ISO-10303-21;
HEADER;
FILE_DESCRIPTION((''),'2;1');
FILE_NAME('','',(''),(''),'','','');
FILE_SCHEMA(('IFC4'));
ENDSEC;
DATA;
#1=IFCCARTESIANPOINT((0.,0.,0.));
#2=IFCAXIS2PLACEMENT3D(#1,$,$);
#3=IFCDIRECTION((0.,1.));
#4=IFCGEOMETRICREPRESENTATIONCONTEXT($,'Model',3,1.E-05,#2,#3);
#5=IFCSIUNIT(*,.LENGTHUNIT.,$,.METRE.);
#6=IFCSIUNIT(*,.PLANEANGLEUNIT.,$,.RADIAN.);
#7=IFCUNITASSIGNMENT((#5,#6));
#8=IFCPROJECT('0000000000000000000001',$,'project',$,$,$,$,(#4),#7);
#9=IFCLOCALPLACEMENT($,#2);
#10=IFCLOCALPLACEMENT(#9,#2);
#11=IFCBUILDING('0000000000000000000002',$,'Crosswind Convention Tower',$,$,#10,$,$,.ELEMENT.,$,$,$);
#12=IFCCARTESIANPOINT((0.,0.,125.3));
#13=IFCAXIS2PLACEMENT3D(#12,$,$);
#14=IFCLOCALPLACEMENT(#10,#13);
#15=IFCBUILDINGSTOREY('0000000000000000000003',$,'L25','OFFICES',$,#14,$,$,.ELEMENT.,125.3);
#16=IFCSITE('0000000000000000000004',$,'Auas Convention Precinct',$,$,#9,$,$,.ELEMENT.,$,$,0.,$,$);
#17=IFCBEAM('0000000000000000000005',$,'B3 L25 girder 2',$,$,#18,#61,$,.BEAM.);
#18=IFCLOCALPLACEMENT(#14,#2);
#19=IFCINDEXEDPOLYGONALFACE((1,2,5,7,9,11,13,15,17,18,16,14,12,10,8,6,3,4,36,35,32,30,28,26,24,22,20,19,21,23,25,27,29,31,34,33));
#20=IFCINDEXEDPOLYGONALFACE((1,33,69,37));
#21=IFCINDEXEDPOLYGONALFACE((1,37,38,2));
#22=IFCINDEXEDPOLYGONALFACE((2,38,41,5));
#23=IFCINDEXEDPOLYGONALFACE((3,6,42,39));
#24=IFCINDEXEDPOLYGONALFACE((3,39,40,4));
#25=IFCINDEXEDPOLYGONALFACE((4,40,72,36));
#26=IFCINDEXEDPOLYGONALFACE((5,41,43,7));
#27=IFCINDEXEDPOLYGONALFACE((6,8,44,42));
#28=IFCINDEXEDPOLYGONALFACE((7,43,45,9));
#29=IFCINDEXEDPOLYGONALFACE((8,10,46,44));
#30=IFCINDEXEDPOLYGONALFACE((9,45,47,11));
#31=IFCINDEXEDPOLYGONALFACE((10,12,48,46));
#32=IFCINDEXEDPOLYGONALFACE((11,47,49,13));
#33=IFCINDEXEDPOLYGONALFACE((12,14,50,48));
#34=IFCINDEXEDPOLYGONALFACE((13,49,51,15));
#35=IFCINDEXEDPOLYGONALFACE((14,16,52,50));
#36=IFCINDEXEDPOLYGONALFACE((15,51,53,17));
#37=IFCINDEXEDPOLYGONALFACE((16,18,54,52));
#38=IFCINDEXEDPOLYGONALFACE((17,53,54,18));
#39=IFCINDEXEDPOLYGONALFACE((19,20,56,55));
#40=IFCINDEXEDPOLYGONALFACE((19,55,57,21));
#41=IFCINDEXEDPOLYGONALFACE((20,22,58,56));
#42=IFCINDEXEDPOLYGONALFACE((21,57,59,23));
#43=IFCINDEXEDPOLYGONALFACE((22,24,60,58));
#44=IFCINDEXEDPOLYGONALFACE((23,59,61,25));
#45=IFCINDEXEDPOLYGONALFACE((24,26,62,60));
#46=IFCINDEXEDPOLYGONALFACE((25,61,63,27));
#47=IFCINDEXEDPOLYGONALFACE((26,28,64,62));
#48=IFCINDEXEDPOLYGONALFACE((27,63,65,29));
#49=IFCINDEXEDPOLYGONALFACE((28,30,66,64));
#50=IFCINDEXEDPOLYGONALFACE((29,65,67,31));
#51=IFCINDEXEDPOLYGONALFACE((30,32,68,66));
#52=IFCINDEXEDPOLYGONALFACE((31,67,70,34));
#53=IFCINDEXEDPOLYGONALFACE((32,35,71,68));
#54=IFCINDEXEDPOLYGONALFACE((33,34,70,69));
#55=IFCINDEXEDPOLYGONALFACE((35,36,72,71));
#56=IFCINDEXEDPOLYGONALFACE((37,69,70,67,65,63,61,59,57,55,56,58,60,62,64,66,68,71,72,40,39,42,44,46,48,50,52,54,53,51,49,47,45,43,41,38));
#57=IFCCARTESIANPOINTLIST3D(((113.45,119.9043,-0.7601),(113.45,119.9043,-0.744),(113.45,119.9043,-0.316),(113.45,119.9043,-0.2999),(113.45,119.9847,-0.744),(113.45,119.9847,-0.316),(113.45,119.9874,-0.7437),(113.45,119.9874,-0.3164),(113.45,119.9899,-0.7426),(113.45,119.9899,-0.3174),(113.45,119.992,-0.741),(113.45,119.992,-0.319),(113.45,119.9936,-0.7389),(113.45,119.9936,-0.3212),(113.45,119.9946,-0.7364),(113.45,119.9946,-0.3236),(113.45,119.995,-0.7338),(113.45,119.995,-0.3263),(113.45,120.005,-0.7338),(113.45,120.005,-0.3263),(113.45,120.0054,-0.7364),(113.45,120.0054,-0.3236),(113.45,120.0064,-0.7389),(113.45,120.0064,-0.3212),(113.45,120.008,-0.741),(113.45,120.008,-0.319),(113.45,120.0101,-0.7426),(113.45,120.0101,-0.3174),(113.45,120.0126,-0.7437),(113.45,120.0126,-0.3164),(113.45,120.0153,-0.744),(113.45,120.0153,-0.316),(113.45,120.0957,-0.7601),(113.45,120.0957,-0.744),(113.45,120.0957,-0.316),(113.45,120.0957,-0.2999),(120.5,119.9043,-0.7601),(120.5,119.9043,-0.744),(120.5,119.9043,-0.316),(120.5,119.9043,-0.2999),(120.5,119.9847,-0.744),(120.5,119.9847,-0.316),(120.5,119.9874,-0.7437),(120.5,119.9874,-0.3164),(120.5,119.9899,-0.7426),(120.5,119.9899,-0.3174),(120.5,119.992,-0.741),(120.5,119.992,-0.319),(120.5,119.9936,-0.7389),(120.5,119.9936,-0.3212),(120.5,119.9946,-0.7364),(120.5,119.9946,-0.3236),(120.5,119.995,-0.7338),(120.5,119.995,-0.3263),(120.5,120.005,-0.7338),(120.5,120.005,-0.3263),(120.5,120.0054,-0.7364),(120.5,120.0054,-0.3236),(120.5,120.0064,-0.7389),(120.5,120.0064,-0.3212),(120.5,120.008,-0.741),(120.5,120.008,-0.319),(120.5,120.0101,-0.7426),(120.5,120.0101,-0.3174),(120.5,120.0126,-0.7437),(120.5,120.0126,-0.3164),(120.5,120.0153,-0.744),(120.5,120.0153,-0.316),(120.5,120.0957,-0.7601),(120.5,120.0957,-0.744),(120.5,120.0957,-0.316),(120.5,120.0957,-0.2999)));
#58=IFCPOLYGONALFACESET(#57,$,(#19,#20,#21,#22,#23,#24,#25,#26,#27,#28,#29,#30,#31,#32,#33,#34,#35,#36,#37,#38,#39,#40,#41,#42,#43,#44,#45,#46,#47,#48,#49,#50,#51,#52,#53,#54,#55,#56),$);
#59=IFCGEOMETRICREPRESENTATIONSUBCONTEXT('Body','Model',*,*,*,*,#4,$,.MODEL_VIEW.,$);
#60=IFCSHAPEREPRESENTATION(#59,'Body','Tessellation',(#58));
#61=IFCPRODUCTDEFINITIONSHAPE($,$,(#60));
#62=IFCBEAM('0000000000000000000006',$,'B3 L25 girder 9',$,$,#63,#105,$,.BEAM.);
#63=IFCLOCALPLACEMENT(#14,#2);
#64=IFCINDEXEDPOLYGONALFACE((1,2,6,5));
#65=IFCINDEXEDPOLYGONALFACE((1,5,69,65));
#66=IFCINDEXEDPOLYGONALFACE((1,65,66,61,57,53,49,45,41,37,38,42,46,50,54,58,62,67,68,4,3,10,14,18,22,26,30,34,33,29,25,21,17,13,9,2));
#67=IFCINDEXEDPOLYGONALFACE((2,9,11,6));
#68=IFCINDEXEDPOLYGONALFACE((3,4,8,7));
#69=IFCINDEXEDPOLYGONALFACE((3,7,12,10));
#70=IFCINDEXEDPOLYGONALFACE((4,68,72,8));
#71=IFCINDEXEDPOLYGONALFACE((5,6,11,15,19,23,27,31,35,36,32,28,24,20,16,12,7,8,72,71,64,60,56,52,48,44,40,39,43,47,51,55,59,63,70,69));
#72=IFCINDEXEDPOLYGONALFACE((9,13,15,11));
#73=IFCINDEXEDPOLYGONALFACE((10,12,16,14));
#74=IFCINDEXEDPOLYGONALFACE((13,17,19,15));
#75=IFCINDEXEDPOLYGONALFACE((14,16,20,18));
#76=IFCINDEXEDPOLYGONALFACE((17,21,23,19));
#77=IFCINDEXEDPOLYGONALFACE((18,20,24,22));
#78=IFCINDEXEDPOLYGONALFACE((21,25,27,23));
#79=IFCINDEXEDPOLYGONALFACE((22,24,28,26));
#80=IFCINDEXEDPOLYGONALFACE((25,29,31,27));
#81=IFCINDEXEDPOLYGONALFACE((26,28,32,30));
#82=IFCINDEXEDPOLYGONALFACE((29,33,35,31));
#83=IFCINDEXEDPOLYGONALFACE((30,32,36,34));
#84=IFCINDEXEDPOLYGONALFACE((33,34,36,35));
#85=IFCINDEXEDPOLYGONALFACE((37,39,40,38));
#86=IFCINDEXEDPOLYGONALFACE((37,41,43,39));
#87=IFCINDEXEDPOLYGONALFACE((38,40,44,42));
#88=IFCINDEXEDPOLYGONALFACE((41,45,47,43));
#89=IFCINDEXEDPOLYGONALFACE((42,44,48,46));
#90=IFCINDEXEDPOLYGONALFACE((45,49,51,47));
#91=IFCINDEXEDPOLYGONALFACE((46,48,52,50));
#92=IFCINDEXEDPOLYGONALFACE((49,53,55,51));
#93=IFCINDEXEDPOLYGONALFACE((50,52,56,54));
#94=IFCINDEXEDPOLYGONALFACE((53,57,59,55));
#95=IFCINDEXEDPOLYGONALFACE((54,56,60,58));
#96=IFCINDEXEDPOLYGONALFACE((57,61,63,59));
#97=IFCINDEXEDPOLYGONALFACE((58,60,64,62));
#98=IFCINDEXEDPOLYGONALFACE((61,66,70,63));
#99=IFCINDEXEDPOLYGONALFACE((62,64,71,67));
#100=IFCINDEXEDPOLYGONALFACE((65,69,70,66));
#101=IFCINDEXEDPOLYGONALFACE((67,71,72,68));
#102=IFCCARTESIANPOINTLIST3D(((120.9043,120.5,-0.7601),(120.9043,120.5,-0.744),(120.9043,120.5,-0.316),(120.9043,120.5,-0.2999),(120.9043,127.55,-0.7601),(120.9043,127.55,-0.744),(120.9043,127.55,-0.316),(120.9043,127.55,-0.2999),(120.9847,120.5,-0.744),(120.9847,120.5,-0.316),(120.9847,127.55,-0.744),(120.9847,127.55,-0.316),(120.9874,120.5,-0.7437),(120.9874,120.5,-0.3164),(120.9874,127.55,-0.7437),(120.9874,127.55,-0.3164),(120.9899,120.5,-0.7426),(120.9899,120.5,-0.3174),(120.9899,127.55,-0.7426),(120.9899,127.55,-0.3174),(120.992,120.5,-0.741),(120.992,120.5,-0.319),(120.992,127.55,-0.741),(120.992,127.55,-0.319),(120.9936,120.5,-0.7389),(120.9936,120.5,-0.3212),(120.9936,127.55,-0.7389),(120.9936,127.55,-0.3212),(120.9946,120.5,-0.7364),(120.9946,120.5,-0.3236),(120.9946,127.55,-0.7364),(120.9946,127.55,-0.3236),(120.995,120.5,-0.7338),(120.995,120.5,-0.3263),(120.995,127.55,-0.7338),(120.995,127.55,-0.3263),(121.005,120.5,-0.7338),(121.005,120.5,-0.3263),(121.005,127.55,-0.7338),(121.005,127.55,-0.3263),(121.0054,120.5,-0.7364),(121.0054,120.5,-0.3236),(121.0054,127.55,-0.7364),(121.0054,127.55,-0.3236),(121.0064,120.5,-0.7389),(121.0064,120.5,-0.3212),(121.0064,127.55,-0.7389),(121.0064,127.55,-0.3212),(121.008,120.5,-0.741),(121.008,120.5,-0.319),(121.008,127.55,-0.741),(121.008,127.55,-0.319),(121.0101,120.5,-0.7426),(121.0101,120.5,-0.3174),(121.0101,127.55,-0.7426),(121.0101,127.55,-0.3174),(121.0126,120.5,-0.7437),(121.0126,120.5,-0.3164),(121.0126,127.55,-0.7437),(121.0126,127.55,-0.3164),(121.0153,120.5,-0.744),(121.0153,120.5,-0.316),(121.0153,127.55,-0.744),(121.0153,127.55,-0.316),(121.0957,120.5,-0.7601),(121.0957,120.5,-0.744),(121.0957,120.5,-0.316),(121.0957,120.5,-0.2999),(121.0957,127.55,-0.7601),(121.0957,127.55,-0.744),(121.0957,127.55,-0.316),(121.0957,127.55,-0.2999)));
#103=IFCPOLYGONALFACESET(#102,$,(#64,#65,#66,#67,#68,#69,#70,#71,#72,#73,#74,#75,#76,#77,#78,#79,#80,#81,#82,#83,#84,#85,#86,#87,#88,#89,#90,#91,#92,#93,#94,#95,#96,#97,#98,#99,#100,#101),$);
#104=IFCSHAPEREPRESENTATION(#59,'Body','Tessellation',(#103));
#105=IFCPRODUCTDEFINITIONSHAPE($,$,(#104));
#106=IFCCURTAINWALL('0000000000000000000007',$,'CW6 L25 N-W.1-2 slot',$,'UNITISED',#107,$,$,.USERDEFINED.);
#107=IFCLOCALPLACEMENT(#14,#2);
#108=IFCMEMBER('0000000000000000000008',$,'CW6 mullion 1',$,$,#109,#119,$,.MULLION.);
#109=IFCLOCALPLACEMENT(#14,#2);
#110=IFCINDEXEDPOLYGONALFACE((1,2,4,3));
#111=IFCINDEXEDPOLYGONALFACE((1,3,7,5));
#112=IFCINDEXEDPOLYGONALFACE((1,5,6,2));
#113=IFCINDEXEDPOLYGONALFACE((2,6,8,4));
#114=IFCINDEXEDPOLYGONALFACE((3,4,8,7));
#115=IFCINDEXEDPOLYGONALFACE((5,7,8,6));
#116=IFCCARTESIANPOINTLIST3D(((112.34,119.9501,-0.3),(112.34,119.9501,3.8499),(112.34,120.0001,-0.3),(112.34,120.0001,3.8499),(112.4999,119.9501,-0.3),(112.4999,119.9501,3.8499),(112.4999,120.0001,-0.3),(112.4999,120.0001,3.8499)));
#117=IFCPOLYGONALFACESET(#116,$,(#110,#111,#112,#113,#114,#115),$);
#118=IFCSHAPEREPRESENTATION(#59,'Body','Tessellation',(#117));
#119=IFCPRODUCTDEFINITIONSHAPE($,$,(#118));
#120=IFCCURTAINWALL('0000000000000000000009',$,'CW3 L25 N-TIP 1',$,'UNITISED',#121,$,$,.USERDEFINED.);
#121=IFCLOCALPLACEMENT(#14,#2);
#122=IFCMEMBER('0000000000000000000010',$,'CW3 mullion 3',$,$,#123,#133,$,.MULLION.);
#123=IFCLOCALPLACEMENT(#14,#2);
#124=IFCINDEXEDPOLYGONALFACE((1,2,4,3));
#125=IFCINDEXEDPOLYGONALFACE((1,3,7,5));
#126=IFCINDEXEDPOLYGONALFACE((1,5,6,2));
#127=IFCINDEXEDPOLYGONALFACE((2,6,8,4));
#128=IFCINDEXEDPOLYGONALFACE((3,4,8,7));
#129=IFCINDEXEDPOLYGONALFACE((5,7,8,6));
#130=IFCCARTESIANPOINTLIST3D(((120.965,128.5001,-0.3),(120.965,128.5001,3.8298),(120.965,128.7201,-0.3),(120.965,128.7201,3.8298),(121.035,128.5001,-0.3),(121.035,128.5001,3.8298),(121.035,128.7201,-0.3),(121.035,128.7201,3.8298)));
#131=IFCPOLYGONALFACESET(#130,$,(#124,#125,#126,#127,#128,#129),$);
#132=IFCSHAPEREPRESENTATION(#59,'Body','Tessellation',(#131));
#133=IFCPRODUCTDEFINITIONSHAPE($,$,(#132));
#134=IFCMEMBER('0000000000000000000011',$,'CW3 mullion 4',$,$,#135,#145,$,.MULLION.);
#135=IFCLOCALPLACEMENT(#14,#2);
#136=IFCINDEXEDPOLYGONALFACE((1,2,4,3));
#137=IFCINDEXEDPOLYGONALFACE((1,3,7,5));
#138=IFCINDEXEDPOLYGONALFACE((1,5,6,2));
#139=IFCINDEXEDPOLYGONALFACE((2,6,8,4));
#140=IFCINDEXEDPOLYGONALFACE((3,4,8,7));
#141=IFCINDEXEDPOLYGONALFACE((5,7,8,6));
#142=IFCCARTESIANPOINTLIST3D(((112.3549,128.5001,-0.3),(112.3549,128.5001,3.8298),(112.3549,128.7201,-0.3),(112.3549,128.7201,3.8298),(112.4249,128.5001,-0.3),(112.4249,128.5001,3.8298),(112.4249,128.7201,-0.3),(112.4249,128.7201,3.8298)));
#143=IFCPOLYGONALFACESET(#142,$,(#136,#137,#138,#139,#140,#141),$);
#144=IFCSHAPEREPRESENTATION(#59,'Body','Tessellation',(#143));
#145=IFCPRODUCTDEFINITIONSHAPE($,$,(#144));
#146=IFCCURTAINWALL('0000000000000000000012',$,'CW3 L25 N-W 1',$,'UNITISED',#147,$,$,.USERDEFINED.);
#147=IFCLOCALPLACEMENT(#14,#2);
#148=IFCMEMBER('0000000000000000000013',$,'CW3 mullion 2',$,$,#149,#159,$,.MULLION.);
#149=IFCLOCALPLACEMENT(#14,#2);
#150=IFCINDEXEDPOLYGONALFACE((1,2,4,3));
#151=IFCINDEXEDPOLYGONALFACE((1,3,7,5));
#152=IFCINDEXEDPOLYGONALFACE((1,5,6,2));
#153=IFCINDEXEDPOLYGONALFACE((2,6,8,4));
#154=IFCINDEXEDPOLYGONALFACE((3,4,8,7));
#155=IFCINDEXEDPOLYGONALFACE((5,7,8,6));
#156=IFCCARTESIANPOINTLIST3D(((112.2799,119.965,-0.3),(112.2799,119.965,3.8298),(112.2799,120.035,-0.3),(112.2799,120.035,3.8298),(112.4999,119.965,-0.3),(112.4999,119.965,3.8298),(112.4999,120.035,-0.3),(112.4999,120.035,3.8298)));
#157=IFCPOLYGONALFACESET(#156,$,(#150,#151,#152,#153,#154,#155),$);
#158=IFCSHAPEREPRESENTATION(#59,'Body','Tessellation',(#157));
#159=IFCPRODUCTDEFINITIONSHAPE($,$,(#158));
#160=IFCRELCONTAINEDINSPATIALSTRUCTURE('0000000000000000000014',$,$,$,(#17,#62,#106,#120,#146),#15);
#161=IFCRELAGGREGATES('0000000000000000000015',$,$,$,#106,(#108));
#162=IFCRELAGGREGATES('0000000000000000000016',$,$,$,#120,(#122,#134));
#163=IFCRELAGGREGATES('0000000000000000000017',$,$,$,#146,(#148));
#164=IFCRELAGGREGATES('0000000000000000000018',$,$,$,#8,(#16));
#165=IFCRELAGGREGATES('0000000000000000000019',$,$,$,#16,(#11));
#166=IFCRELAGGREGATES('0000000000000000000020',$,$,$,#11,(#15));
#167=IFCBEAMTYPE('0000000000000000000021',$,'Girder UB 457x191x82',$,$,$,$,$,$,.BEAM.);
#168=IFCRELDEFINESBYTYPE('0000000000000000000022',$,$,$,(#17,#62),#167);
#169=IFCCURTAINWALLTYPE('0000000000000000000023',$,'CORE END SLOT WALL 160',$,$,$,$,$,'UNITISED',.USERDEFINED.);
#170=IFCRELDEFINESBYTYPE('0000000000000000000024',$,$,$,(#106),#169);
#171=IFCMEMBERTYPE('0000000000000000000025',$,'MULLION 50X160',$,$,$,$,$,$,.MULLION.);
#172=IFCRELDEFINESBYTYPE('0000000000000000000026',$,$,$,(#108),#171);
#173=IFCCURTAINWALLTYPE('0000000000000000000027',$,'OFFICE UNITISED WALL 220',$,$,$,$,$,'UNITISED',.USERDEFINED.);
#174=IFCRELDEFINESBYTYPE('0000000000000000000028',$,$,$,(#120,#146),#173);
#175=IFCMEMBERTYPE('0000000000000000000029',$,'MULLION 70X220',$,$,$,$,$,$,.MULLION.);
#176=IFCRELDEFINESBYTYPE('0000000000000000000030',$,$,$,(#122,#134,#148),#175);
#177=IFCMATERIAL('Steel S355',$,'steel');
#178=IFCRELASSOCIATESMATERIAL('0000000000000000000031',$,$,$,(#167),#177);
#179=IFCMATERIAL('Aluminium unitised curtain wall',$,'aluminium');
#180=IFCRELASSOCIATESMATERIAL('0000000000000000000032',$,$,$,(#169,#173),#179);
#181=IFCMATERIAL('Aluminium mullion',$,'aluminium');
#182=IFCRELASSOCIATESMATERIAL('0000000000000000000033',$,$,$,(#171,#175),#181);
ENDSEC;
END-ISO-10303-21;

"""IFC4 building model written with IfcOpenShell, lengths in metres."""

from ifc_helpers import new_model, si_unit, direction, frame, origin, origin_2d, place, context, subcontext, project, spatial, rectangle, i_section, extrude, material, material_profile, profile_set, type_object, element, aggregate, save


model = new_model("IFC4")

# Units and contexts
model_context = context("Model", 3, precision=1e-05, world=origin(), true_north=direction((0.0, 1.0)))
body_context = subcontext(model_context, "Body", "Model", "MODEL_VIEW")
ifc_project = project(units=[si_unit("LENGTHUNIT", "METRE"), si_unit("PLANEANGLEUNIT", "RADIAN")], contexts=[model_context])

# Site, building, storey
site_placement = place(None, origin())
site = spatial("IfcSite", under=ifc_project, at=site_placement, Name="Auas Convention Precinct", CompositionType="ELEMENT", RefElevation=0.0)
building_placement = place(site_placement, origin())
building = spatial("IfcBuilding", under=site, at=building_placement, Name="Crosswind Convention Tower", CompositionType="ELEMENT")
storey_placement = place(building_placement, frame((0.0, 0.0, 125.3)))
storey = spatial("IfcBuildingStorey", under=building, at=storey_placement, Name="L25", Description="OFFICES", CompositionType="ELEMENT", Elevation=125.3)

# Beams
ifc_material_1 = material(Name="Steel S355", Category="steel")
ifc_material_profile_1 = material_profile(ifc_material_1, i_section(OverallWidth=0.1914, OverallDepth=0.4602, WebThickness=0.01, FlangeThickness=0.0161, FilletRadius=0.0103, at=origin_2d()), Name="UB 457x191x82")
ifc_profile_set_1 = profile_set([ifc_material_profile_1], Name="Steel S355")
beam_type_1 = type_object("IfcBeamType", Name="Girder UB 457x191x82", PredefinedType="BEAM", material=ifc_profile_set_1)
for number, where, z_axis, x_axis, name in (
    (1, (113.45, 120.0, -0.53), (1.0, 0.0, 0.0), (0.0, 1.0, 0.0), "B3 L25 girder 2"),
    (2, (121.0, 120.5, -0.53), (0.0, 1.0, 0.0), (-1.0, 0.0, 0.0), "B3 L25 girder 9"),
):
    element("IfcBeam", number, at=place(storey_placement, frame(where, z_axis=z_axis, x_axis=x_axis)), inside=storey, type_object=beam_type_1, Name=name, PredefinedType="BEAM", context=body_context, shape_type="SweptSolid", body=[
        extrude(i_section(OverallWidth=0.1914, OverallDepth=0.4602, WebThickness=0.01, FlangeThickness=0.0161, FilletRadius=0.0103, at=origin_2d()), origin(), (0.0, 0.0, 1.0), 7.05),
    ])

# Curtain wall, member
ifc_material_2 = material(Name="Aluminium unitised curtain wall", Category="aluminium")
curtain_wall_type_1 = type_object("IfcCurtainWallType", Name="CORE END SLOT WALL 160", ElementType="UNITISED", PredefinedType="USERDEFINED", material=ifc_material_2)
curtain_wall_1_placement = place(storey_placement, origin())
curtain_wall_1 = element("IfcCurtainWall", 3, at=curtain_wall_1_placement, inside=storey, type_object=curtain_wall_type_1, Name="CW6 L25 N-W.1-2 slot", ObjectType="UNITISED", PredefinedType="USERDEFINED")
ifc_material_3 = material(Name="Aluminium mullion", Category="aluminium")
ifc_material_profile_2 = material_profile(ifc_material_3, rectangle(XDim=0.1599, YDim=0.05, at=origin_2d()), Name="AL 160X50")
ifc_profile_set_2 = profile_set([ifc_material_profile_2], Name="Aluminium mullion")
member_type_1 = type_object("IfcMemberType", Name="MULLION 50X160", PredefinedType="MULLION", material=ifc_profile_set_2)
member_1_placement = place(storey_placement, frame((112.4199, 119.9751, -0.3), z_axis=(0.0, 0.0, 1.0), x_axis=(-1.0, 0.0, 0.0)))
member_1 = element("IfcMember", 4, at=member_1_placement, type_object=member_type_1, Name="CW6 mullion 1", PredefinedType="MULLION", context=body_context, shape_type="SweptSolid", body=[
    extrude(rectangle(XDim=0.1599, YDim=0.05, at=origin_2d()), origin(), (0.0, 0.0, 1.0), 4.1499),
])

# Curtain wall, members
curtain_wall_type_2 = type_object("IfcCurtainWallType", Name="OFFICE UNITISED WALL 220", ElementType="UNITISED", PredefinedType="USERDEFINED", material=ifc_material_2)
curtain_wall_2_placement = place(storey_placement, origin())
curtain_wall_2 = element("IfcCurtainWall", 5, at=curtain_wall_2_placement, inside=storey, type_object=curtain_wall_type_2, Name="CW3 L25 N-TIP 1", ObjectType="UNITISED", PredefinedType="USERDEFINED")
ifc_material_profile_3 = material_profile(ifc_material_3, rectangle(XDim=0.22, YDim=0.0701, at=origin_2d()), Name="AL 220X70")
ifc_profile_set_3 = profile_set([ifc_material_profile_3], Name="Aluminium mullion")
member_type_2 = type_object("IfcMemberType", Name="MULLION 70X220", PredefinedType="MULLION", material=ifc_profile_set_3)
member_2_placement = place(storey_placement, frame((121.0, 128.6101, -0.3), z_axis=(0.0, 0.0, 1.0), x_axis=(0.0, 1.0, 0.0)))
member_2 = element("IfcMember", 6, at=member_2_placement, type_object=member_type_2, Name="CW3 mullion 3", PredefinedType="MULLION", context=body_context, shape_type="SweptSolid", body=[
    extrude(rectangle(XDim=0.22, YDim=0.0701, at=origin_2d()), origin(), (0.0, 0.0, 1.0), 4.1299),
])
member_3_placement = place(storey_placement, frame((112.3899, 128.6101, -0.3), z_axis=(0.0, 0.0, 1.0), x_axis=(0.0, 1.0, 0.0)))
member_3 = element("IfcMember", 7, at=member_3_placement, type_object=member_type_2, Name="CW3 mullion 4", PredefinedType="MULLION", context=body_context, shape_type="SweptSolid", body=[
    extrude(rectangle(XDim=0.22, YDim=0.0701, at=origin_2d()), origin(), (0.0, 0.0, 1.0), 4.1299),
])

# Curtain wall, member
curtain_wall_3_placement = place(storey_placement, origin())
curtain_wall_3 = element("IfcCurtainWall", 8, at=curtain_wall_3_placement, inside=storey, type_object=curtain_wall_type_2, Name="CW3 L25 N-W 1", ObjectType="UNITISED", PredefinedType="USERDEFINED")
member_4_placement = place(storey_placement, frame((112.3899, 120.0, -0.3), z_axis=(0.0, 0.0, 1.0), x_axis=(-1.0, 0.0, 0.0)))
member_4 = element("IfcMember", 9, at=member_4_placement, type_object=member_type_2, Name="CW3 mullion 2", PredefinedType="MULLION", context=body_context, shape_type="SweptSolid", body=[
    extrude(rectangle(XDim=0.22, YDim=0.0701, at=origin_2d()), origin(), (0.0, 0.0, 1.0), 4.1299),
])

aggregate(curtain_wall_1, [member_1])
aggregate(curtain_wall_2, [member_2, member_3])
aggregate(curtain_wall_3, [member_4])

save(model, "model.ifc")
